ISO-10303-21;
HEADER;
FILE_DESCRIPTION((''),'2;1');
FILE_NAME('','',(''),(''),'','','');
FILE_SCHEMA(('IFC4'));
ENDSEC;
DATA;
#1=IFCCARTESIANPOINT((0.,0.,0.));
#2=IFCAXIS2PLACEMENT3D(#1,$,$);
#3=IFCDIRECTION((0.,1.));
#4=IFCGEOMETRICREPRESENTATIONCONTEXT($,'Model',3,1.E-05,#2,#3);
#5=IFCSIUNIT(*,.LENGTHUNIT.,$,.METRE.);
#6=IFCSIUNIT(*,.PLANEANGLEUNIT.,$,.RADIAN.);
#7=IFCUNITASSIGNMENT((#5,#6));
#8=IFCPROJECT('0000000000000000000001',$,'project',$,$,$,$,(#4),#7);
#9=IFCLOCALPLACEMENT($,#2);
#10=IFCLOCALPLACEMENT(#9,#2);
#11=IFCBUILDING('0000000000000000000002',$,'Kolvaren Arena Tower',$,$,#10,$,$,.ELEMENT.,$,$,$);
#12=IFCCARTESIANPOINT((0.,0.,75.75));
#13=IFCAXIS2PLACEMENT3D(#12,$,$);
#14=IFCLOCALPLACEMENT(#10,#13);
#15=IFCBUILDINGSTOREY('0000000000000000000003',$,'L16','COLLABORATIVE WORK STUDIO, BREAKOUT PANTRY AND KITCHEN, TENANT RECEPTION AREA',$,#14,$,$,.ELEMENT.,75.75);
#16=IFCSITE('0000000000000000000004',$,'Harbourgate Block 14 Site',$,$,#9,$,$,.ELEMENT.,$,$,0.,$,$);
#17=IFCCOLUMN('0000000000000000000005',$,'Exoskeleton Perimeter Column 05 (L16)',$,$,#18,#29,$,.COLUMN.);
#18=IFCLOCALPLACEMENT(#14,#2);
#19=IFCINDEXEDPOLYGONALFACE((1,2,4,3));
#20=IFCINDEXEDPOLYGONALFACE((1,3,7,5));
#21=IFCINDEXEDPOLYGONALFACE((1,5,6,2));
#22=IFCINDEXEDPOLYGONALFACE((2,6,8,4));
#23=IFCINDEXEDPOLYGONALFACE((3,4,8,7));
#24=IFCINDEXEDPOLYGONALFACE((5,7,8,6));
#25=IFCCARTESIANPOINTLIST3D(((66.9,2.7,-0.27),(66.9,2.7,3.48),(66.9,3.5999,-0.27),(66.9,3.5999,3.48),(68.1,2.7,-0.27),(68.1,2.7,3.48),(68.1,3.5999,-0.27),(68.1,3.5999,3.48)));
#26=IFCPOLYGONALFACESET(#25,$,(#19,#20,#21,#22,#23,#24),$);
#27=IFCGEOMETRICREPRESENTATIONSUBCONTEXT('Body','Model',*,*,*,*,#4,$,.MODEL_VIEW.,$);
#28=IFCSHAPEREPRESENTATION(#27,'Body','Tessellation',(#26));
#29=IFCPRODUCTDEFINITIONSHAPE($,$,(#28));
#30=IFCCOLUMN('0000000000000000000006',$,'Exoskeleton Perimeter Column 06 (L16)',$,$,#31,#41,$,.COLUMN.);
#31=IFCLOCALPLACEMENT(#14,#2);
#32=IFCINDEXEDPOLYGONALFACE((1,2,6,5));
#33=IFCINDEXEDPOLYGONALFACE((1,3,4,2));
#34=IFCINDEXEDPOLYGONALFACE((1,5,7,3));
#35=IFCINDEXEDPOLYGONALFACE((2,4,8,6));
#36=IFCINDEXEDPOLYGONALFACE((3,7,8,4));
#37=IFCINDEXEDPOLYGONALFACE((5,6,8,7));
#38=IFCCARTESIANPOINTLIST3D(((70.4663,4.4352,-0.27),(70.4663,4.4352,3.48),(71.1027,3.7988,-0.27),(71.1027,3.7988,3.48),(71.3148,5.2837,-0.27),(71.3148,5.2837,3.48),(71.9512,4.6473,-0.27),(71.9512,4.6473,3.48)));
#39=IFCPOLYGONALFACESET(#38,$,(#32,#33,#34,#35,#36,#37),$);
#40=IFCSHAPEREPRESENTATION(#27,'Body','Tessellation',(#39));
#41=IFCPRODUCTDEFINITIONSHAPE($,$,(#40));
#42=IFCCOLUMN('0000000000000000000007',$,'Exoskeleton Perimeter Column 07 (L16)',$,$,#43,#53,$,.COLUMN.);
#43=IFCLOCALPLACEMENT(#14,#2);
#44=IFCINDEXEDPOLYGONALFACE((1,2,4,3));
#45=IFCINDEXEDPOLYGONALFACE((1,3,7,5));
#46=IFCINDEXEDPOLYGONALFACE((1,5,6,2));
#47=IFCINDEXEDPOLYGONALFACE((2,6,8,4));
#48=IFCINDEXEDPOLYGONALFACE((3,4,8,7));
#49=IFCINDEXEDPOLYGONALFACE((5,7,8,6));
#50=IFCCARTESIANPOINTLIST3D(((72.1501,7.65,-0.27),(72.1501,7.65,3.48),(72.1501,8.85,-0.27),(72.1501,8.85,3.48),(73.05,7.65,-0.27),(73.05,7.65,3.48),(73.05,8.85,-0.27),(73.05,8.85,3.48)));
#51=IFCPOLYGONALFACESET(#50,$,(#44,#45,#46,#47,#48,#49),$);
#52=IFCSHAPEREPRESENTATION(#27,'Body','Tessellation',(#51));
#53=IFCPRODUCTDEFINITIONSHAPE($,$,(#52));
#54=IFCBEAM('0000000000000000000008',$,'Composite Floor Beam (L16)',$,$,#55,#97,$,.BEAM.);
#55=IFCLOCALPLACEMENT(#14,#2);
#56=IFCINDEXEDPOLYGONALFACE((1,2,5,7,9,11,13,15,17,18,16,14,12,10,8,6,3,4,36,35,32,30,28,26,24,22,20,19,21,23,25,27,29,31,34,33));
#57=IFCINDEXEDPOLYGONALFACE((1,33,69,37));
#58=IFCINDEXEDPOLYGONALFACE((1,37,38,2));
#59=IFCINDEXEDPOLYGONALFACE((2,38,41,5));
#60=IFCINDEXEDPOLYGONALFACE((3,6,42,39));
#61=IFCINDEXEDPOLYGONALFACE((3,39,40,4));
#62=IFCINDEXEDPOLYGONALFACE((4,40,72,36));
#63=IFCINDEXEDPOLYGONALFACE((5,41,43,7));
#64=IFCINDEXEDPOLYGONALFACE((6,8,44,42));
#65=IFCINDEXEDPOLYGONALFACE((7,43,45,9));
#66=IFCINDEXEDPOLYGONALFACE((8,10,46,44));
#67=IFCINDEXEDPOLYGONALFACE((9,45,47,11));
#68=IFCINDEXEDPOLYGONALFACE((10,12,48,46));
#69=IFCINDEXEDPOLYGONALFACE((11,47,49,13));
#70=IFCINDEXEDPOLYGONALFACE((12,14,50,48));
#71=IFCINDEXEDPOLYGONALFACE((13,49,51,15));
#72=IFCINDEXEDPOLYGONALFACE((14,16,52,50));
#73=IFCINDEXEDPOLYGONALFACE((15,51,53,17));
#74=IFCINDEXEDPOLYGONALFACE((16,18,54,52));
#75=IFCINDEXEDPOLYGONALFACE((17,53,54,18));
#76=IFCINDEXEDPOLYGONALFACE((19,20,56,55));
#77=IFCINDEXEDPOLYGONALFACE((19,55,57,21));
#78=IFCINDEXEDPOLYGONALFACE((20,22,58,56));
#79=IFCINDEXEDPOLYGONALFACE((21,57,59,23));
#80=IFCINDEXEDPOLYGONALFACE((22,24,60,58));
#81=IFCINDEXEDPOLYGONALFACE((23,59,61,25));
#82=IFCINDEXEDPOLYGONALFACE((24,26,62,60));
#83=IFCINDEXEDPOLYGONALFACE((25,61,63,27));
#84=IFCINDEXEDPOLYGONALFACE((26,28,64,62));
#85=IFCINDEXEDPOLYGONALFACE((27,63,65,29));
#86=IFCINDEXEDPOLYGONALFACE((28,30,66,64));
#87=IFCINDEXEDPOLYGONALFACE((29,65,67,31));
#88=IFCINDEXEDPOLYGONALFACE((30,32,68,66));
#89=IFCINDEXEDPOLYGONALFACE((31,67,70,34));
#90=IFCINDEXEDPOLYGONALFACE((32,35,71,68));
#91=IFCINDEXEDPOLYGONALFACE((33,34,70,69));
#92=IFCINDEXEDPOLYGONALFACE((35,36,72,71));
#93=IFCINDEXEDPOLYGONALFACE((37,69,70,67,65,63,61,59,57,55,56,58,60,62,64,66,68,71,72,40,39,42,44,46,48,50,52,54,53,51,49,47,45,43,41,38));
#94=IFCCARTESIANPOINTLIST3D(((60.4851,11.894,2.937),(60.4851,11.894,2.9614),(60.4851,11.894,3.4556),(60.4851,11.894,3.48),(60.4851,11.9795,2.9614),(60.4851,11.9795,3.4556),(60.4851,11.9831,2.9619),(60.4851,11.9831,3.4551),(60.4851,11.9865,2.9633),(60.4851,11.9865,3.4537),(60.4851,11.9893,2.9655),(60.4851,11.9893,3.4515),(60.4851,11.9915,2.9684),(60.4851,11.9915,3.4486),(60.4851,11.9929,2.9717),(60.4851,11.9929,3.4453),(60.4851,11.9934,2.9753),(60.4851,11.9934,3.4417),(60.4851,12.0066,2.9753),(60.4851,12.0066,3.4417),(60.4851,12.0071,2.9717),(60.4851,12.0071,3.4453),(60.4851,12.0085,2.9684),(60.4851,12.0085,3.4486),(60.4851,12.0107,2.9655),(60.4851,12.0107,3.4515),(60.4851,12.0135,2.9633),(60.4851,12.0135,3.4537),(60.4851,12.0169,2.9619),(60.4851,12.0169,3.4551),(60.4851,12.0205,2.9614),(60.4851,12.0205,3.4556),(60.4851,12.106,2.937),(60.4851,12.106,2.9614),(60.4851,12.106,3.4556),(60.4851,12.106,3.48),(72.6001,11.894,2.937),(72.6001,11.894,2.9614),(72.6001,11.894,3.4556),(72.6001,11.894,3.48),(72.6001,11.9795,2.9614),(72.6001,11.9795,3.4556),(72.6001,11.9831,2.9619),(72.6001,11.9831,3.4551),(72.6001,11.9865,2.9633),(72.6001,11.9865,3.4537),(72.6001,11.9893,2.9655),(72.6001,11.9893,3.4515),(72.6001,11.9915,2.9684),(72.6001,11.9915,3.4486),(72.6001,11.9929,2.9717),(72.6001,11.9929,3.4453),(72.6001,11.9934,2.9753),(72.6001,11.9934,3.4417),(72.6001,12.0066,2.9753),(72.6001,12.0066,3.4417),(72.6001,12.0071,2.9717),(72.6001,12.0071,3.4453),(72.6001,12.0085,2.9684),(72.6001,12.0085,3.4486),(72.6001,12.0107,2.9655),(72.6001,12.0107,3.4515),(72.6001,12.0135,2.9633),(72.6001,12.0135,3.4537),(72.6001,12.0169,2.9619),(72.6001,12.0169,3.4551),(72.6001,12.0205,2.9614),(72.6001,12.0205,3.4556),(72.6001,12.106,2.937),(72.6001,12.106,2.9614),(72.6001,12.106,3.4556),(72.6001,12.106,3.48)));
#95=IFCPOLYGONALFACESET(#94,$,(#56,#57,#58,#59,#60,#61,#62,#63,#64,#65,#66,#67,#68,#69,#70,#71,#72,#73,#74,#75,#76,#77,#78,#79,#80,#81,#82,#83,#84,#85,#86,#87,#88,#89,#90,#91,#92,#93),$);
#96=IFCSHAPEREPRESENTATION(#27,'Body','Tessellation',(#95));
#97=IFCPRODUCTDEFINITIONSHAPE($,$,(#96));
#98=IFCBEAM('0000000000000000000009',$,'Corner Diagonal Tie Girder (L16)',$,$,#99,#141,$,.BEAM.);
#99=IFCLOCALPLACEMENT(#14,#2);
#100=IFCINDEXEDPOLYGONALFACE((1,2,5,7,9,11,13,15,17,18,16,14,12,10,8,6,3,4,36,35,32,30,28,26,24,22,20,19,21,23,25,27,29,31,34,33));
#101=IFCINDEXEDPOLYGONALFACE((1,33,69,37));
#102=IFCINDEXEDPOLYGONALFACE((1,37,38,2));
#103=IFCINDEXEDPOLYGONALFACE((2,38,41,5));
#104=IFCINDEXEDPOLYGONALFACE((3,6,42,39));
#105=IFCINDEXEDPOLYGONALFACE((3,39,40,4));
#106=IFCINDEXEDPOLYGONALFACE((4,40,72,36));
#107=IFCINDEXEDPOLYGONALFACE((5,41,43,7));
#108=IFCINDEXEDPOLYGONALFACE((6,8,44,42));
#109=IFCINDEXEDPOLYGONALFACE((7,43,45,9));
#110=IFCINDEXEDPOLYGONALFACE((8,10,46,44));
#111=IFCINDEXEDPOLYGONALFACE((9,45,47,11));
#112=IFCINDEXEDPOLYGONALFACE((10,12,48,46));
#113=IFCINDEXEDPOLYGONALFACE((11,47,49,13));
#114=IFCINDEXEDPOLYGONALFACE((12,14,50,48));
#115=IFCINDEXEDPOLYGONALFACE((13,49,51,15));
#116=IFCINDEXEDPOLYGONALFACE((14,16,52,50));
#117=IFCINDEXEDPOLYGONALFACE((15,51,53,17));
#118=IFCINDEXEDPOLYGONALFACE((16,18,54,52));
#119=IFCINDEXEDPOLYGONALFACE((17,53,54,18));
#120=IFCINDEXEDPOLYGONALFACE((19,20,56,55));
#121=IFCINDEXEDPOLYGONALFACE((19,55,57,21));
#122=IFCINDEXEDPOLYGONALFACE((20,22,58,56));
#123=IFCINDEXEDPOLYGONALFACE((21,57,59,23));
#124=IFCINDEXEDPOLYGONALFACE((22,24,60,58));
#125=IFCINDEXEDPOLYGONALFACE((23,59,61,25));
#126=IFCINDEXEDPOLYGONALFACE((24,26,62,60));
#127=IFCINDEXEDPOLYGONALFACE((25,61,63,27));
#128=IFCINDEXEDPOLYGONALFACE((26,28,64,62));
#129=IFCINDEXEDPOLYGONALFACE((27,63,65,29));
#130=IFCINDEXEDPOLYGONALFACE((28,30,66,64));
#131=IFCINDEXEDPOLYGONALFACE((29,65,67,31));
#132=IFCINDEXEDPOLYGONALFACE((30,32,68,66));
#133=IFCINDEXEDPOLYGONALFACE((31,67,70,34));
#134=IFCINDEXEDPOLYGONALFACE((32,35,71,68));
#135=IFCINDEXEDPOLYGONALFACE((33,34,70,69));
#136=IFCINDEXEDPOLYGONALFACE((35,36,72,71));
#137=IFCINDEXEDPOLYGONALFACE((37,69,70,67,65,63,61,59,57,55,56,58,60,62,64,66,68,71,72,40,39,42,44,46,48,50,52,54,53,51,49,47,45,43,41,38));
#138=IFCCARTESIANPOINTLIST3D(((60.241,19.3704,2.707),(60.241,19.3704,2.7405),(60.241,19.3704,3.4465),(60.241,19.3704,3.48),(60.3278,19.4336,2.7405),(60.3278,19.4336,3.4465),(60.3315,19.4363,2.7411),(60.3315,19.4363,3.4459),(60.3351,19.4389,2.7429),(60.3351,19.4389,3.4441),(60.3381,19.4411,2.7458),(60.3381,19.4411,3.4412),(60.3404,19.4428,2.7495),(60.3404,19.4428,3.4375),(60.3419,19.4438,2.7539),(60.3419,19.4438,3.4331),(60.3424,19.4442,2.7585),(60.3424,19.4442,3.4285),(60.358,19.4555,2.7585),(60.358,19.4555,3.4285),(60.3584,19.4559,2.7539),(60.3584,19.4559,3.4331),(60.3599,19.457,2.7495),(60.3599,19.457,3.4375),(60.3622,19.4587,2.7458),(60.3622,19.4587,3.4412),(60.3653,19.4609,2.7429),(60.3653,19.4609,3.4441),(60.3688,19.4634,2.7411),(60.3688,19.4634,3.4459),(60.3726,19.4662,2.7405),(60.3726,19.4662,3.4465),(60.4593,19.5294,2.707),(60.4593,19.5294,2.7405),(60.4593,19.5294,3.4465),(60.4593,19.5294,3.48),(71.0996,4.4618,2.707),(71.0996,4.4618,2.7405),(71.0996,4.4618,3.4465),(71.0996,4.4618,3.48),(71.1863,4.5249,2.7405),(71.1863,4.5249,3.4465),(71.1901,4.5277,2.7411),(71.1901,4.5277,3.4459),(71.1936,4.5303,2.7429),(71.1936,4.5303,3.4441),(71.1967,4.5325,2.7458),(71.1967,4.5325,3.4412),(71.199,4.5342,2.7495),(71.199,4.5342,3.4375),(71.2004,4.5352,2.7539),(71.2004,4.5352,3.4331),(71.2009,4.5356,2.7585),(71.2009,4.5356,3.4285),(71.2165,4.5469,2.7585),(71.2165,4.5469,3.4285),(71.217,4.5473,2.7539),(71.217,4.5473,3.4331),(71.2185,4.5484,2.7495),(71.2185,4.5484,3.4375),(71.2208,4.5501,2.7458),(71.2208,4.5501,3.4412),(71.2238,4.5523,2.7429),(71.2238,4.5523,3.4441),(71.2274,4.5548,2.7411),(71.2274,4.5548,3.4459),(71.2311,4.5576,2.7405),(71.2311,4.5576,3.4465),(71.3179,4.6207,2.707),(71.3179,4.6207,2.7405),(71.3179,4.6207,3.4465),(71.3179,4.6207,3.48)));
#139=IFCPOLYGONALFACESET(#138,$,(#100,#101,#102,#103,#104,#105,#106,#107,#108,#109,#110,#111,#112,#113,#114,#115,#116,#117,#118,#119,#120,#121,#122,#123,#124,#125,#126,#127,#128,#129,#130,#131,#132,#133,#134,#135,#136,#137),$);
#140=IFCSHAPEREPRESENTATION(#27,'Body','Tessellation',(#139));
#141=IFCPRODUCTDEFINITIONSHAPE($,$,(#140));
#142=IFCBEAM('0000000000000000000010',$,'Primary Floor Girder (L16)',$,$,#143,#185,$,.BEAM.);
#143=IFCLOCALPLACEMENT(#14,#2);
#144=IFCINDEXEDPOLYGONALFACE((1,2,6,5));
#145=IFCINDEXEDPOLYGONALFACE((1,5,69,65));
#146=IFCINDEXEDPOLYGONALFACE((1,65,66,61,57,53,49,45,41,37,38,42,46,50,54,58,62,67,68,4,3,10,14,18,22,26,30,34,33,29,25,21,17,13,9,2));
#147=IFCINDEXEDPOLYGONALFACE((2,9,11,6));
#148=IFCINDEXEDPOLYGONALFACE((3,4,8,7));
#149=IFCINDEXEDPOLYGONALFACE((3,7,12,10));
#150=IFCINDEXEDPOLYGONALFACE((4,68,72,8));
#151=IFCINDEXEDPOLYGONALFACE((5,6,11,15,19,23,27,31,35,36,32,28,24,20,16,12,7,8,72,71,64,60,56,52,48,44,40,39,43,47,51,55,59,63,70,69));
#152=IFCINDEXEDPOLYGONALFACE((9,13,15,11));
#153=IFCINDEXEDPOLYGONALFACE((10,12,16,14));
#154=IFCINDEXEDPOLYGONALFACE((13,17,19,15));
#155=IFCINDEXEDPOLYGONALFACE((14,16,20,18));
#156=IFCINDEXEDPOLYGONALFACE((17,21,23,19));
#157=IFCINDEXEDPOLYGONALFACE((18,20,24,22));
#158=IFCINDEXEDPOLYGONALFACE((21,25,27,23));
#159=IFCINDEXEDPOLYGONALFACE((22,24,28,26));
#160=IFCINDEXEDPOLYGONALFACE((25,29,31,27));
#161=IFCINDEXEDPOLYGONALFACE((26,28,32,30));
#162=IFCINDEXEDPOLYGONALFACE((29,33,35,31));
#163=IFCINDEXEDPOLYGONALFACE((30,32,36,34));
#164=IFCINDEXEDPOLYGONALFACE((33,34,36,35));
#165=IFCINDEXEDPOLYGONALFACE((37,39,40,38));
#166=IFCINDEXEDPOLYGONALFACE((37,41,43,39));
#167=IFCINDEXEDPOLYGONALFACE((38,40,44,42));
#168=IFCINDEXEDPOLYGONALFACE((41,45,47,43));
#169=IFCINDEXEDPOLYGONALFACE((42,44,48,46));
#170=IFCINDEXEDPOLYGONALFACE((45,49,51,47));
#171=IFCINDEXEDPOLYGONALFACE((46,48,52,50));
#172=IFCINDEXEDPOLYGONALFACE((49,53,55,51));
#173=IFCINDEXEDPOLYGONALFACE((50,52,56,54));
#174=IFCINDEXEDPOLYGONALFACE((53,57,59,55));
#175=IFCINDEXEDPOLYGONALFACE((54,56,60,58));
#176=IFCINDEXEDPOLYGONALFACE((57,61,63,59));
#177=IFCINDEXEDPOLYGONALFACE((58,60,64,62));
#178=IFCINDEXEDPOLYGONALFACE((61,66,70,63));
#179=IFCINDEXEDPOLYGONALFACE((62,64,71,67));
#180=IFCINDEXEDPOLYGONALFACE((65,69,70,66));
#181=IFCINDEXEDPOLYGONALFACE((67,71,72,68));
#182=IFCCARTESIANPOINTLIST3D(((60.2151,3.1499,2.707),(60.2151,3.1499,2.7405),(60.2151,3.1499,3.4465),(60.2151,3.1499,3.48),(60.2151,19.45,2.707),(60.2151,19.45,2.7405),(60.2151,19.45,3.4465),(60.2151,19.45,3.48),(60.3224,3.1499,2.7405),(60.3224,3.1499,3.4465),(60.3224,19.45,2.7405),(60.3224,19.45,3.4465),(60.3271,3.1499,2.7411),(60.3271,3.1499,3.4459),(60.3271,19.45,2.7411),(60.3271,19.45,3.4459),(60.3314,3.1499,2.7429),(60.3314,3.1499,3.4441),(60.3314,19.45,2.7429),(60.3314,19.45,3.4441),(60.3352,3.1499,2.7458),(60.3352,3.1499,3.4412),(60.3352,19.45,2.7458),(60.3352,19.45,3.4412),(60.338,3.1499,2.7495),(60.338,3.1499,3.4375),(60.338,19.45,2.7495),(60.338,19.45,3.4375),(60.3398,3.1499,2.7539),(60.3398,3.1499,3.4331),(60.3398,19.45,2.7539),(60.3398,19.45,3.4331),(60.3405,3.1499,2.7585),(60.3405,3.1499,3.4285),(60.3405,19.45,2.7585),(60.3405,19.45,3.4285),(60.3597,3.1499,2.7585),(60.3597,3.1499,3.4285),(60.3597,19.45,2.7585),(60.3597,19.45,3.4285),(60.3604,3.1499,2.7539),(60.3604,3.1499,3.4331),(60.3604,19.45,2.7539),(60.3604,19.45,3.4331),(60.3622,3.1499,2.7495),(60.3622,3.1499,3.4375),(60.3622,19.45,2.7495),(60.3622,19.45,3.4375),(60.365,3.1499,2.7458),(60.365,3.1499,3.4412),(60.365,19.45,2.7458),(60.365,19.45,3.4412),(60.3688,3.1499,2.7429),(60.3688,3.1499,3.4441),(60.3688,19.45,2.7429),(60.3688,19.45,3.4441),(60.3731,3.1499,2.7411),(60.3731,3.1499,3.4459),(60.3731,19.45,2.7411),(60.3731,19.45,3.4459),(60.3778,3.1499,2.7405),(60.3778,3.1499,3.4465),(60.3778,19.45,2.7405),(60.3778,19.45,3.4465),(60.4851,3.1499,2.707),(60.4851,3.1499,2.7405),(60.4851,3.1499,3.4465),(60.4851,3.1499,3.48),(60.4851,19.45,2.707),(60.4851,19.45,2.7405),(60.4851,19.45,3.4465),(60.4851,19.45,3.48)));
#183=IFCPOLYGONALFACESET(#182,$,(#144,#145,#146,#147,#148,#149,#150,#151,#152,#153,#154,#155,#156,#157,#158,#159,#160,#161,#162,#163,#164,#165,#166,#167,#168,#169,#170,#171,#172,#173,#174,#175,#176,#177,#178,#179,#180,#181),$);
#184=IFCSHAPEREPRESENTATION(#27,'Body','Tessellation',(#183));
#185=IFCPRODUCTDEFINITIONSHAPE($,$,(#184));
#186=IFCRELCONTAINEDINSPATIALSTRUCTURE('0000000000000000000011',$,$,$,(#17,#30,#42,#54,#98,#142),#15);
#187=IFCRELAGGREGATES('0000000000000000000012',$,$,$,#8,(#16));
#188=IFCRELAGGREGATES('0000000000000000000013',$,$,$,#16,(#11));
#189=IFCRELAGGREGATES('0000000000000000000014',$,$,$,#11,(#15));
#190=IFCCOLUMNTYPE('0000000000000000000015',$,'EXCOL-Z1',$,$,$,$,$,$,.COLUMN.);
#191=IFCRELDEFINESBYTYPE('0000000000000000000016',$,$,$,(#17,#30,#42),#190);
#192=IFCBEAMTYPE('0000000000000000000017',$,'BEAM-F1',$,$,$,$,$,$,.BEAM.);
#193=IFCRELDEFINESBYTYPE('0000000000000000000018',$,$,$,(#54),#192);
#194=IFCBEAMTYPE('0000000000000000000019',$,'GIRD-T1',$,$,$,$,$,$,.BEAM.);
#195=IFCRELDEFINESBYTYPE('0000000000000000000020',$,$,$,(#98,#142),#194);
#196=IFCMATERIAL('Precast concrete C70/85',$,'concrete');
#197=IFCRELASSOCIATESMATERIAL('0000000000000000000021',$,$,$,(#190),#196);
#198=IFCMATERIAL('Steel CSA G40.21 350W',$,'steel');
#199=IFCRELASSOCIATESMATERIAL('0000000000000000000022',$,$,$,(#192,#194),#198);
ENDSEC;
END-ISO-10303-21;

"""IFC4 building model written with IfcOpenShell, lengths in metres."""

from ifc_helpers import new_model, si_unit, direction, frame, origin, origin_2d, place, context, subcontext, project, spatial, rectangle, i_section, extrude, material, material_profile, profile_set, type_object, element, save


model = new_model("IFC4")

# Units and contexts
model_context = context("Model", 3, precision=1e-05, world=origin(), true_north=direction((0.0, 1.0)))
body_context = subcontext(model_context, "Body", "Model", "MODEL_VIEW")
ifc_project = project(units=[si_unit("LENGTHUNIT", "METRE"), si_unit("PLANEANGLEUNIT", "RADIAN")], contexts=[model_context])

# Site, building, storey
site_placement = place(None, origin())
site = spatial("IfcSite", under=ifc_project, at=site_placement, Name="Harbourgate Block 14 Site", CompositionType="ELEMENT", RefElevation=0.0)
building_placement = place(site_placement, origin())
building = spatial("IfcBuilding", under=site, at=building_placement, Name="Kolvaren Arena Tower", CompositionType="ELEMENT")
storey_placement = place(building_placement, frame((0.0, 0.0, 75.75)))
storey = spatial("IfcBuildingStorey", under=building, at=storey_placement, Name="L16", Description="COLLABORATIVE WORK STUDIO, BREAKOUT PANTRY AND KITCHEN, TENANT RECEPTION AREA", CompositionType="ELEMENT", Elevation=75.75)

# Columns
ifc_material_1 = material(Name="Precast concrete C70/85", Category="concrete")
ifc_material_profile_1 = material_profile(ifc_material_1, rectangle(XDim=1.2, YDim=0.8999, at=origin_2d()), Name="RC-1200x900")
ifc_profile_set_1 = profile_set([ifc_material_profile_1], Name="Precast concrete C70/85")
column_type = type_object("IfcColumnType", Name="EXCOL-Z1", PredefinedType="COLUMN", material=ifc_profile_set_1)
for number, where, z_axis, x_axis, name in (
    (1, (67.5, 3.1499, -0.27), (0.0, 0.0, 1.0), (1.0, 0.0, 0.0), "Exoskeleton Perimeter Column 05 (L16)"),
    (2, (71.2087, 4.5413, -0.27), (0.0, 0.0, 1.0), (0.707107, 0.707107, 0.0), "Exoskeleton Perimeter Column 06 (L16)"),
    (3, (72.6001, 8.25, -0.27), (0.0, 0.0, 1.0), (0.0, 1.0, 0.0), "Exoskeleton Perimeter Column 07 (L16)"),
):
    element("IfcColumn", number, at=place(storey_placement, frame(where, z_axis=z_axis, x_axis=x_axis)), inside=storey, type_object=column_type, Name=name, PredefinedType="COLUMN", context=body_context, shape_type="SweptSolid", body=[
        extrude(rectangle(XDim=1.2, YDim=0.8999, at=origin_2d()), origin(), (0.0, 0.0, 1.0), 3.75),
    ])

# Beams
ifc_material_2 = material(Name="Steel CSA G40.21 350W", Category="steel")
ifc_material_profile_2 = material_profile(ifc_material_2, i_section(OverallWidth=0.2119, OverallDepth=0.543, WebThickness=0.0132, FlangeThickness=0.0244, FilletRadius=0.0139, at=origin_2d()), Name="W530x150")
ifc_profile_set_2 = profile_set([ifc_material_profile_2], Name="Steel CSA G40.21 350W")
beam_type_1 = type_object("IfcBeamType", Name="BEAM-F1", PredefinedType="BEAM", material=ifc_profile_set_2)
beam_1_placement = place(storey_placement, frame((60.4851, 12.0, 3.2085), z_axis=(1.0, 0.0, 0.0), x_axis=(0.0, 1.0, 0.0)))
element("IfcBeam", 4, at=beam_1_placement, inside=storey, type_object=beam_type_1, Name="Composite Floor Beam (L16)", PredefinedType="BEAM", context=body_context, shape_type="SweptSolid", body=[
    extrude(i_section(OverallWidth=0.2119, OverallDepth=0.543, WebThickness=0.0132, FlangeThickness=0.0244, FilletRadius=0.0139, at=origin_2d()), origin(), (0.0, 0.0, 1.0), 12.115),
])
ifc_material_profile_3 = material_profile(ifc_material_2, i_section(OverallWidth=0.27, OverallDepth=0.7729, WebThickness=0.0193, FlangeThickness=0.0334, FilletRadius=0.0181, at=origin_2d()), Name="W760x257")
ifc_profile_set_3 = profile_set([ifc_material_profile_3], Name="Steel CSA G40.21 350W")
beam_type_2 = type_object("IfcBeamType", Name="GIRD-T1", PredefinedType="BEAM", material=ifc_profile_set_3)
beam_2_placement = place(storey_placement, frame((71.2087, 4.5413, 3.0935), z_axis=(-0.588737, 0.808324, 0.0), x_axis=(-0.808324, -0.588737, 0.0)))
element("IfcBeam", 5, at=beam_2_placement, inside=storey, type_object=beam_type_2, Name="Corner Diagonal Tie Girder (L16)", PredefinedType="BEAM", context=body_context, shape_type="SweptSolid", body=[
    extrude(i_section(OverallWidth=0.27, OverallDepth=0.7729, WebThickness=0.0193, FlangeThickness=0.0334, FilletRadius=0.0181, at=origin_2d()), origin(), (0.0, 0.0, 1.0), 18.4438),
])
beam_3_placement = place(storey_placement, frame((60.3501, 3.1499, 3.0935), z_axis=(0.0, 1.0, 0.0), x_axis=(-1.0, 0.0, 0.0)))
element("IfcBeam", 6, at=beam_3_placement, inside=storey, type_object=beam_type_2, Name="Primary Floor Girder (L16)", PredefinedType="BEAM", context=body_context, shape_type="SweptSolid", body=[
    extrude(i_section(OverallWidth=0.27, OverallDepth=0.7729, WebThickness=0.0193, FlangeThickness=0.0334, FilletRadius=0.0181, at=origin_2d()), origin(), (0.0, 0.0, 1.0), 16.3),
])

save(model, "model.ifc")
